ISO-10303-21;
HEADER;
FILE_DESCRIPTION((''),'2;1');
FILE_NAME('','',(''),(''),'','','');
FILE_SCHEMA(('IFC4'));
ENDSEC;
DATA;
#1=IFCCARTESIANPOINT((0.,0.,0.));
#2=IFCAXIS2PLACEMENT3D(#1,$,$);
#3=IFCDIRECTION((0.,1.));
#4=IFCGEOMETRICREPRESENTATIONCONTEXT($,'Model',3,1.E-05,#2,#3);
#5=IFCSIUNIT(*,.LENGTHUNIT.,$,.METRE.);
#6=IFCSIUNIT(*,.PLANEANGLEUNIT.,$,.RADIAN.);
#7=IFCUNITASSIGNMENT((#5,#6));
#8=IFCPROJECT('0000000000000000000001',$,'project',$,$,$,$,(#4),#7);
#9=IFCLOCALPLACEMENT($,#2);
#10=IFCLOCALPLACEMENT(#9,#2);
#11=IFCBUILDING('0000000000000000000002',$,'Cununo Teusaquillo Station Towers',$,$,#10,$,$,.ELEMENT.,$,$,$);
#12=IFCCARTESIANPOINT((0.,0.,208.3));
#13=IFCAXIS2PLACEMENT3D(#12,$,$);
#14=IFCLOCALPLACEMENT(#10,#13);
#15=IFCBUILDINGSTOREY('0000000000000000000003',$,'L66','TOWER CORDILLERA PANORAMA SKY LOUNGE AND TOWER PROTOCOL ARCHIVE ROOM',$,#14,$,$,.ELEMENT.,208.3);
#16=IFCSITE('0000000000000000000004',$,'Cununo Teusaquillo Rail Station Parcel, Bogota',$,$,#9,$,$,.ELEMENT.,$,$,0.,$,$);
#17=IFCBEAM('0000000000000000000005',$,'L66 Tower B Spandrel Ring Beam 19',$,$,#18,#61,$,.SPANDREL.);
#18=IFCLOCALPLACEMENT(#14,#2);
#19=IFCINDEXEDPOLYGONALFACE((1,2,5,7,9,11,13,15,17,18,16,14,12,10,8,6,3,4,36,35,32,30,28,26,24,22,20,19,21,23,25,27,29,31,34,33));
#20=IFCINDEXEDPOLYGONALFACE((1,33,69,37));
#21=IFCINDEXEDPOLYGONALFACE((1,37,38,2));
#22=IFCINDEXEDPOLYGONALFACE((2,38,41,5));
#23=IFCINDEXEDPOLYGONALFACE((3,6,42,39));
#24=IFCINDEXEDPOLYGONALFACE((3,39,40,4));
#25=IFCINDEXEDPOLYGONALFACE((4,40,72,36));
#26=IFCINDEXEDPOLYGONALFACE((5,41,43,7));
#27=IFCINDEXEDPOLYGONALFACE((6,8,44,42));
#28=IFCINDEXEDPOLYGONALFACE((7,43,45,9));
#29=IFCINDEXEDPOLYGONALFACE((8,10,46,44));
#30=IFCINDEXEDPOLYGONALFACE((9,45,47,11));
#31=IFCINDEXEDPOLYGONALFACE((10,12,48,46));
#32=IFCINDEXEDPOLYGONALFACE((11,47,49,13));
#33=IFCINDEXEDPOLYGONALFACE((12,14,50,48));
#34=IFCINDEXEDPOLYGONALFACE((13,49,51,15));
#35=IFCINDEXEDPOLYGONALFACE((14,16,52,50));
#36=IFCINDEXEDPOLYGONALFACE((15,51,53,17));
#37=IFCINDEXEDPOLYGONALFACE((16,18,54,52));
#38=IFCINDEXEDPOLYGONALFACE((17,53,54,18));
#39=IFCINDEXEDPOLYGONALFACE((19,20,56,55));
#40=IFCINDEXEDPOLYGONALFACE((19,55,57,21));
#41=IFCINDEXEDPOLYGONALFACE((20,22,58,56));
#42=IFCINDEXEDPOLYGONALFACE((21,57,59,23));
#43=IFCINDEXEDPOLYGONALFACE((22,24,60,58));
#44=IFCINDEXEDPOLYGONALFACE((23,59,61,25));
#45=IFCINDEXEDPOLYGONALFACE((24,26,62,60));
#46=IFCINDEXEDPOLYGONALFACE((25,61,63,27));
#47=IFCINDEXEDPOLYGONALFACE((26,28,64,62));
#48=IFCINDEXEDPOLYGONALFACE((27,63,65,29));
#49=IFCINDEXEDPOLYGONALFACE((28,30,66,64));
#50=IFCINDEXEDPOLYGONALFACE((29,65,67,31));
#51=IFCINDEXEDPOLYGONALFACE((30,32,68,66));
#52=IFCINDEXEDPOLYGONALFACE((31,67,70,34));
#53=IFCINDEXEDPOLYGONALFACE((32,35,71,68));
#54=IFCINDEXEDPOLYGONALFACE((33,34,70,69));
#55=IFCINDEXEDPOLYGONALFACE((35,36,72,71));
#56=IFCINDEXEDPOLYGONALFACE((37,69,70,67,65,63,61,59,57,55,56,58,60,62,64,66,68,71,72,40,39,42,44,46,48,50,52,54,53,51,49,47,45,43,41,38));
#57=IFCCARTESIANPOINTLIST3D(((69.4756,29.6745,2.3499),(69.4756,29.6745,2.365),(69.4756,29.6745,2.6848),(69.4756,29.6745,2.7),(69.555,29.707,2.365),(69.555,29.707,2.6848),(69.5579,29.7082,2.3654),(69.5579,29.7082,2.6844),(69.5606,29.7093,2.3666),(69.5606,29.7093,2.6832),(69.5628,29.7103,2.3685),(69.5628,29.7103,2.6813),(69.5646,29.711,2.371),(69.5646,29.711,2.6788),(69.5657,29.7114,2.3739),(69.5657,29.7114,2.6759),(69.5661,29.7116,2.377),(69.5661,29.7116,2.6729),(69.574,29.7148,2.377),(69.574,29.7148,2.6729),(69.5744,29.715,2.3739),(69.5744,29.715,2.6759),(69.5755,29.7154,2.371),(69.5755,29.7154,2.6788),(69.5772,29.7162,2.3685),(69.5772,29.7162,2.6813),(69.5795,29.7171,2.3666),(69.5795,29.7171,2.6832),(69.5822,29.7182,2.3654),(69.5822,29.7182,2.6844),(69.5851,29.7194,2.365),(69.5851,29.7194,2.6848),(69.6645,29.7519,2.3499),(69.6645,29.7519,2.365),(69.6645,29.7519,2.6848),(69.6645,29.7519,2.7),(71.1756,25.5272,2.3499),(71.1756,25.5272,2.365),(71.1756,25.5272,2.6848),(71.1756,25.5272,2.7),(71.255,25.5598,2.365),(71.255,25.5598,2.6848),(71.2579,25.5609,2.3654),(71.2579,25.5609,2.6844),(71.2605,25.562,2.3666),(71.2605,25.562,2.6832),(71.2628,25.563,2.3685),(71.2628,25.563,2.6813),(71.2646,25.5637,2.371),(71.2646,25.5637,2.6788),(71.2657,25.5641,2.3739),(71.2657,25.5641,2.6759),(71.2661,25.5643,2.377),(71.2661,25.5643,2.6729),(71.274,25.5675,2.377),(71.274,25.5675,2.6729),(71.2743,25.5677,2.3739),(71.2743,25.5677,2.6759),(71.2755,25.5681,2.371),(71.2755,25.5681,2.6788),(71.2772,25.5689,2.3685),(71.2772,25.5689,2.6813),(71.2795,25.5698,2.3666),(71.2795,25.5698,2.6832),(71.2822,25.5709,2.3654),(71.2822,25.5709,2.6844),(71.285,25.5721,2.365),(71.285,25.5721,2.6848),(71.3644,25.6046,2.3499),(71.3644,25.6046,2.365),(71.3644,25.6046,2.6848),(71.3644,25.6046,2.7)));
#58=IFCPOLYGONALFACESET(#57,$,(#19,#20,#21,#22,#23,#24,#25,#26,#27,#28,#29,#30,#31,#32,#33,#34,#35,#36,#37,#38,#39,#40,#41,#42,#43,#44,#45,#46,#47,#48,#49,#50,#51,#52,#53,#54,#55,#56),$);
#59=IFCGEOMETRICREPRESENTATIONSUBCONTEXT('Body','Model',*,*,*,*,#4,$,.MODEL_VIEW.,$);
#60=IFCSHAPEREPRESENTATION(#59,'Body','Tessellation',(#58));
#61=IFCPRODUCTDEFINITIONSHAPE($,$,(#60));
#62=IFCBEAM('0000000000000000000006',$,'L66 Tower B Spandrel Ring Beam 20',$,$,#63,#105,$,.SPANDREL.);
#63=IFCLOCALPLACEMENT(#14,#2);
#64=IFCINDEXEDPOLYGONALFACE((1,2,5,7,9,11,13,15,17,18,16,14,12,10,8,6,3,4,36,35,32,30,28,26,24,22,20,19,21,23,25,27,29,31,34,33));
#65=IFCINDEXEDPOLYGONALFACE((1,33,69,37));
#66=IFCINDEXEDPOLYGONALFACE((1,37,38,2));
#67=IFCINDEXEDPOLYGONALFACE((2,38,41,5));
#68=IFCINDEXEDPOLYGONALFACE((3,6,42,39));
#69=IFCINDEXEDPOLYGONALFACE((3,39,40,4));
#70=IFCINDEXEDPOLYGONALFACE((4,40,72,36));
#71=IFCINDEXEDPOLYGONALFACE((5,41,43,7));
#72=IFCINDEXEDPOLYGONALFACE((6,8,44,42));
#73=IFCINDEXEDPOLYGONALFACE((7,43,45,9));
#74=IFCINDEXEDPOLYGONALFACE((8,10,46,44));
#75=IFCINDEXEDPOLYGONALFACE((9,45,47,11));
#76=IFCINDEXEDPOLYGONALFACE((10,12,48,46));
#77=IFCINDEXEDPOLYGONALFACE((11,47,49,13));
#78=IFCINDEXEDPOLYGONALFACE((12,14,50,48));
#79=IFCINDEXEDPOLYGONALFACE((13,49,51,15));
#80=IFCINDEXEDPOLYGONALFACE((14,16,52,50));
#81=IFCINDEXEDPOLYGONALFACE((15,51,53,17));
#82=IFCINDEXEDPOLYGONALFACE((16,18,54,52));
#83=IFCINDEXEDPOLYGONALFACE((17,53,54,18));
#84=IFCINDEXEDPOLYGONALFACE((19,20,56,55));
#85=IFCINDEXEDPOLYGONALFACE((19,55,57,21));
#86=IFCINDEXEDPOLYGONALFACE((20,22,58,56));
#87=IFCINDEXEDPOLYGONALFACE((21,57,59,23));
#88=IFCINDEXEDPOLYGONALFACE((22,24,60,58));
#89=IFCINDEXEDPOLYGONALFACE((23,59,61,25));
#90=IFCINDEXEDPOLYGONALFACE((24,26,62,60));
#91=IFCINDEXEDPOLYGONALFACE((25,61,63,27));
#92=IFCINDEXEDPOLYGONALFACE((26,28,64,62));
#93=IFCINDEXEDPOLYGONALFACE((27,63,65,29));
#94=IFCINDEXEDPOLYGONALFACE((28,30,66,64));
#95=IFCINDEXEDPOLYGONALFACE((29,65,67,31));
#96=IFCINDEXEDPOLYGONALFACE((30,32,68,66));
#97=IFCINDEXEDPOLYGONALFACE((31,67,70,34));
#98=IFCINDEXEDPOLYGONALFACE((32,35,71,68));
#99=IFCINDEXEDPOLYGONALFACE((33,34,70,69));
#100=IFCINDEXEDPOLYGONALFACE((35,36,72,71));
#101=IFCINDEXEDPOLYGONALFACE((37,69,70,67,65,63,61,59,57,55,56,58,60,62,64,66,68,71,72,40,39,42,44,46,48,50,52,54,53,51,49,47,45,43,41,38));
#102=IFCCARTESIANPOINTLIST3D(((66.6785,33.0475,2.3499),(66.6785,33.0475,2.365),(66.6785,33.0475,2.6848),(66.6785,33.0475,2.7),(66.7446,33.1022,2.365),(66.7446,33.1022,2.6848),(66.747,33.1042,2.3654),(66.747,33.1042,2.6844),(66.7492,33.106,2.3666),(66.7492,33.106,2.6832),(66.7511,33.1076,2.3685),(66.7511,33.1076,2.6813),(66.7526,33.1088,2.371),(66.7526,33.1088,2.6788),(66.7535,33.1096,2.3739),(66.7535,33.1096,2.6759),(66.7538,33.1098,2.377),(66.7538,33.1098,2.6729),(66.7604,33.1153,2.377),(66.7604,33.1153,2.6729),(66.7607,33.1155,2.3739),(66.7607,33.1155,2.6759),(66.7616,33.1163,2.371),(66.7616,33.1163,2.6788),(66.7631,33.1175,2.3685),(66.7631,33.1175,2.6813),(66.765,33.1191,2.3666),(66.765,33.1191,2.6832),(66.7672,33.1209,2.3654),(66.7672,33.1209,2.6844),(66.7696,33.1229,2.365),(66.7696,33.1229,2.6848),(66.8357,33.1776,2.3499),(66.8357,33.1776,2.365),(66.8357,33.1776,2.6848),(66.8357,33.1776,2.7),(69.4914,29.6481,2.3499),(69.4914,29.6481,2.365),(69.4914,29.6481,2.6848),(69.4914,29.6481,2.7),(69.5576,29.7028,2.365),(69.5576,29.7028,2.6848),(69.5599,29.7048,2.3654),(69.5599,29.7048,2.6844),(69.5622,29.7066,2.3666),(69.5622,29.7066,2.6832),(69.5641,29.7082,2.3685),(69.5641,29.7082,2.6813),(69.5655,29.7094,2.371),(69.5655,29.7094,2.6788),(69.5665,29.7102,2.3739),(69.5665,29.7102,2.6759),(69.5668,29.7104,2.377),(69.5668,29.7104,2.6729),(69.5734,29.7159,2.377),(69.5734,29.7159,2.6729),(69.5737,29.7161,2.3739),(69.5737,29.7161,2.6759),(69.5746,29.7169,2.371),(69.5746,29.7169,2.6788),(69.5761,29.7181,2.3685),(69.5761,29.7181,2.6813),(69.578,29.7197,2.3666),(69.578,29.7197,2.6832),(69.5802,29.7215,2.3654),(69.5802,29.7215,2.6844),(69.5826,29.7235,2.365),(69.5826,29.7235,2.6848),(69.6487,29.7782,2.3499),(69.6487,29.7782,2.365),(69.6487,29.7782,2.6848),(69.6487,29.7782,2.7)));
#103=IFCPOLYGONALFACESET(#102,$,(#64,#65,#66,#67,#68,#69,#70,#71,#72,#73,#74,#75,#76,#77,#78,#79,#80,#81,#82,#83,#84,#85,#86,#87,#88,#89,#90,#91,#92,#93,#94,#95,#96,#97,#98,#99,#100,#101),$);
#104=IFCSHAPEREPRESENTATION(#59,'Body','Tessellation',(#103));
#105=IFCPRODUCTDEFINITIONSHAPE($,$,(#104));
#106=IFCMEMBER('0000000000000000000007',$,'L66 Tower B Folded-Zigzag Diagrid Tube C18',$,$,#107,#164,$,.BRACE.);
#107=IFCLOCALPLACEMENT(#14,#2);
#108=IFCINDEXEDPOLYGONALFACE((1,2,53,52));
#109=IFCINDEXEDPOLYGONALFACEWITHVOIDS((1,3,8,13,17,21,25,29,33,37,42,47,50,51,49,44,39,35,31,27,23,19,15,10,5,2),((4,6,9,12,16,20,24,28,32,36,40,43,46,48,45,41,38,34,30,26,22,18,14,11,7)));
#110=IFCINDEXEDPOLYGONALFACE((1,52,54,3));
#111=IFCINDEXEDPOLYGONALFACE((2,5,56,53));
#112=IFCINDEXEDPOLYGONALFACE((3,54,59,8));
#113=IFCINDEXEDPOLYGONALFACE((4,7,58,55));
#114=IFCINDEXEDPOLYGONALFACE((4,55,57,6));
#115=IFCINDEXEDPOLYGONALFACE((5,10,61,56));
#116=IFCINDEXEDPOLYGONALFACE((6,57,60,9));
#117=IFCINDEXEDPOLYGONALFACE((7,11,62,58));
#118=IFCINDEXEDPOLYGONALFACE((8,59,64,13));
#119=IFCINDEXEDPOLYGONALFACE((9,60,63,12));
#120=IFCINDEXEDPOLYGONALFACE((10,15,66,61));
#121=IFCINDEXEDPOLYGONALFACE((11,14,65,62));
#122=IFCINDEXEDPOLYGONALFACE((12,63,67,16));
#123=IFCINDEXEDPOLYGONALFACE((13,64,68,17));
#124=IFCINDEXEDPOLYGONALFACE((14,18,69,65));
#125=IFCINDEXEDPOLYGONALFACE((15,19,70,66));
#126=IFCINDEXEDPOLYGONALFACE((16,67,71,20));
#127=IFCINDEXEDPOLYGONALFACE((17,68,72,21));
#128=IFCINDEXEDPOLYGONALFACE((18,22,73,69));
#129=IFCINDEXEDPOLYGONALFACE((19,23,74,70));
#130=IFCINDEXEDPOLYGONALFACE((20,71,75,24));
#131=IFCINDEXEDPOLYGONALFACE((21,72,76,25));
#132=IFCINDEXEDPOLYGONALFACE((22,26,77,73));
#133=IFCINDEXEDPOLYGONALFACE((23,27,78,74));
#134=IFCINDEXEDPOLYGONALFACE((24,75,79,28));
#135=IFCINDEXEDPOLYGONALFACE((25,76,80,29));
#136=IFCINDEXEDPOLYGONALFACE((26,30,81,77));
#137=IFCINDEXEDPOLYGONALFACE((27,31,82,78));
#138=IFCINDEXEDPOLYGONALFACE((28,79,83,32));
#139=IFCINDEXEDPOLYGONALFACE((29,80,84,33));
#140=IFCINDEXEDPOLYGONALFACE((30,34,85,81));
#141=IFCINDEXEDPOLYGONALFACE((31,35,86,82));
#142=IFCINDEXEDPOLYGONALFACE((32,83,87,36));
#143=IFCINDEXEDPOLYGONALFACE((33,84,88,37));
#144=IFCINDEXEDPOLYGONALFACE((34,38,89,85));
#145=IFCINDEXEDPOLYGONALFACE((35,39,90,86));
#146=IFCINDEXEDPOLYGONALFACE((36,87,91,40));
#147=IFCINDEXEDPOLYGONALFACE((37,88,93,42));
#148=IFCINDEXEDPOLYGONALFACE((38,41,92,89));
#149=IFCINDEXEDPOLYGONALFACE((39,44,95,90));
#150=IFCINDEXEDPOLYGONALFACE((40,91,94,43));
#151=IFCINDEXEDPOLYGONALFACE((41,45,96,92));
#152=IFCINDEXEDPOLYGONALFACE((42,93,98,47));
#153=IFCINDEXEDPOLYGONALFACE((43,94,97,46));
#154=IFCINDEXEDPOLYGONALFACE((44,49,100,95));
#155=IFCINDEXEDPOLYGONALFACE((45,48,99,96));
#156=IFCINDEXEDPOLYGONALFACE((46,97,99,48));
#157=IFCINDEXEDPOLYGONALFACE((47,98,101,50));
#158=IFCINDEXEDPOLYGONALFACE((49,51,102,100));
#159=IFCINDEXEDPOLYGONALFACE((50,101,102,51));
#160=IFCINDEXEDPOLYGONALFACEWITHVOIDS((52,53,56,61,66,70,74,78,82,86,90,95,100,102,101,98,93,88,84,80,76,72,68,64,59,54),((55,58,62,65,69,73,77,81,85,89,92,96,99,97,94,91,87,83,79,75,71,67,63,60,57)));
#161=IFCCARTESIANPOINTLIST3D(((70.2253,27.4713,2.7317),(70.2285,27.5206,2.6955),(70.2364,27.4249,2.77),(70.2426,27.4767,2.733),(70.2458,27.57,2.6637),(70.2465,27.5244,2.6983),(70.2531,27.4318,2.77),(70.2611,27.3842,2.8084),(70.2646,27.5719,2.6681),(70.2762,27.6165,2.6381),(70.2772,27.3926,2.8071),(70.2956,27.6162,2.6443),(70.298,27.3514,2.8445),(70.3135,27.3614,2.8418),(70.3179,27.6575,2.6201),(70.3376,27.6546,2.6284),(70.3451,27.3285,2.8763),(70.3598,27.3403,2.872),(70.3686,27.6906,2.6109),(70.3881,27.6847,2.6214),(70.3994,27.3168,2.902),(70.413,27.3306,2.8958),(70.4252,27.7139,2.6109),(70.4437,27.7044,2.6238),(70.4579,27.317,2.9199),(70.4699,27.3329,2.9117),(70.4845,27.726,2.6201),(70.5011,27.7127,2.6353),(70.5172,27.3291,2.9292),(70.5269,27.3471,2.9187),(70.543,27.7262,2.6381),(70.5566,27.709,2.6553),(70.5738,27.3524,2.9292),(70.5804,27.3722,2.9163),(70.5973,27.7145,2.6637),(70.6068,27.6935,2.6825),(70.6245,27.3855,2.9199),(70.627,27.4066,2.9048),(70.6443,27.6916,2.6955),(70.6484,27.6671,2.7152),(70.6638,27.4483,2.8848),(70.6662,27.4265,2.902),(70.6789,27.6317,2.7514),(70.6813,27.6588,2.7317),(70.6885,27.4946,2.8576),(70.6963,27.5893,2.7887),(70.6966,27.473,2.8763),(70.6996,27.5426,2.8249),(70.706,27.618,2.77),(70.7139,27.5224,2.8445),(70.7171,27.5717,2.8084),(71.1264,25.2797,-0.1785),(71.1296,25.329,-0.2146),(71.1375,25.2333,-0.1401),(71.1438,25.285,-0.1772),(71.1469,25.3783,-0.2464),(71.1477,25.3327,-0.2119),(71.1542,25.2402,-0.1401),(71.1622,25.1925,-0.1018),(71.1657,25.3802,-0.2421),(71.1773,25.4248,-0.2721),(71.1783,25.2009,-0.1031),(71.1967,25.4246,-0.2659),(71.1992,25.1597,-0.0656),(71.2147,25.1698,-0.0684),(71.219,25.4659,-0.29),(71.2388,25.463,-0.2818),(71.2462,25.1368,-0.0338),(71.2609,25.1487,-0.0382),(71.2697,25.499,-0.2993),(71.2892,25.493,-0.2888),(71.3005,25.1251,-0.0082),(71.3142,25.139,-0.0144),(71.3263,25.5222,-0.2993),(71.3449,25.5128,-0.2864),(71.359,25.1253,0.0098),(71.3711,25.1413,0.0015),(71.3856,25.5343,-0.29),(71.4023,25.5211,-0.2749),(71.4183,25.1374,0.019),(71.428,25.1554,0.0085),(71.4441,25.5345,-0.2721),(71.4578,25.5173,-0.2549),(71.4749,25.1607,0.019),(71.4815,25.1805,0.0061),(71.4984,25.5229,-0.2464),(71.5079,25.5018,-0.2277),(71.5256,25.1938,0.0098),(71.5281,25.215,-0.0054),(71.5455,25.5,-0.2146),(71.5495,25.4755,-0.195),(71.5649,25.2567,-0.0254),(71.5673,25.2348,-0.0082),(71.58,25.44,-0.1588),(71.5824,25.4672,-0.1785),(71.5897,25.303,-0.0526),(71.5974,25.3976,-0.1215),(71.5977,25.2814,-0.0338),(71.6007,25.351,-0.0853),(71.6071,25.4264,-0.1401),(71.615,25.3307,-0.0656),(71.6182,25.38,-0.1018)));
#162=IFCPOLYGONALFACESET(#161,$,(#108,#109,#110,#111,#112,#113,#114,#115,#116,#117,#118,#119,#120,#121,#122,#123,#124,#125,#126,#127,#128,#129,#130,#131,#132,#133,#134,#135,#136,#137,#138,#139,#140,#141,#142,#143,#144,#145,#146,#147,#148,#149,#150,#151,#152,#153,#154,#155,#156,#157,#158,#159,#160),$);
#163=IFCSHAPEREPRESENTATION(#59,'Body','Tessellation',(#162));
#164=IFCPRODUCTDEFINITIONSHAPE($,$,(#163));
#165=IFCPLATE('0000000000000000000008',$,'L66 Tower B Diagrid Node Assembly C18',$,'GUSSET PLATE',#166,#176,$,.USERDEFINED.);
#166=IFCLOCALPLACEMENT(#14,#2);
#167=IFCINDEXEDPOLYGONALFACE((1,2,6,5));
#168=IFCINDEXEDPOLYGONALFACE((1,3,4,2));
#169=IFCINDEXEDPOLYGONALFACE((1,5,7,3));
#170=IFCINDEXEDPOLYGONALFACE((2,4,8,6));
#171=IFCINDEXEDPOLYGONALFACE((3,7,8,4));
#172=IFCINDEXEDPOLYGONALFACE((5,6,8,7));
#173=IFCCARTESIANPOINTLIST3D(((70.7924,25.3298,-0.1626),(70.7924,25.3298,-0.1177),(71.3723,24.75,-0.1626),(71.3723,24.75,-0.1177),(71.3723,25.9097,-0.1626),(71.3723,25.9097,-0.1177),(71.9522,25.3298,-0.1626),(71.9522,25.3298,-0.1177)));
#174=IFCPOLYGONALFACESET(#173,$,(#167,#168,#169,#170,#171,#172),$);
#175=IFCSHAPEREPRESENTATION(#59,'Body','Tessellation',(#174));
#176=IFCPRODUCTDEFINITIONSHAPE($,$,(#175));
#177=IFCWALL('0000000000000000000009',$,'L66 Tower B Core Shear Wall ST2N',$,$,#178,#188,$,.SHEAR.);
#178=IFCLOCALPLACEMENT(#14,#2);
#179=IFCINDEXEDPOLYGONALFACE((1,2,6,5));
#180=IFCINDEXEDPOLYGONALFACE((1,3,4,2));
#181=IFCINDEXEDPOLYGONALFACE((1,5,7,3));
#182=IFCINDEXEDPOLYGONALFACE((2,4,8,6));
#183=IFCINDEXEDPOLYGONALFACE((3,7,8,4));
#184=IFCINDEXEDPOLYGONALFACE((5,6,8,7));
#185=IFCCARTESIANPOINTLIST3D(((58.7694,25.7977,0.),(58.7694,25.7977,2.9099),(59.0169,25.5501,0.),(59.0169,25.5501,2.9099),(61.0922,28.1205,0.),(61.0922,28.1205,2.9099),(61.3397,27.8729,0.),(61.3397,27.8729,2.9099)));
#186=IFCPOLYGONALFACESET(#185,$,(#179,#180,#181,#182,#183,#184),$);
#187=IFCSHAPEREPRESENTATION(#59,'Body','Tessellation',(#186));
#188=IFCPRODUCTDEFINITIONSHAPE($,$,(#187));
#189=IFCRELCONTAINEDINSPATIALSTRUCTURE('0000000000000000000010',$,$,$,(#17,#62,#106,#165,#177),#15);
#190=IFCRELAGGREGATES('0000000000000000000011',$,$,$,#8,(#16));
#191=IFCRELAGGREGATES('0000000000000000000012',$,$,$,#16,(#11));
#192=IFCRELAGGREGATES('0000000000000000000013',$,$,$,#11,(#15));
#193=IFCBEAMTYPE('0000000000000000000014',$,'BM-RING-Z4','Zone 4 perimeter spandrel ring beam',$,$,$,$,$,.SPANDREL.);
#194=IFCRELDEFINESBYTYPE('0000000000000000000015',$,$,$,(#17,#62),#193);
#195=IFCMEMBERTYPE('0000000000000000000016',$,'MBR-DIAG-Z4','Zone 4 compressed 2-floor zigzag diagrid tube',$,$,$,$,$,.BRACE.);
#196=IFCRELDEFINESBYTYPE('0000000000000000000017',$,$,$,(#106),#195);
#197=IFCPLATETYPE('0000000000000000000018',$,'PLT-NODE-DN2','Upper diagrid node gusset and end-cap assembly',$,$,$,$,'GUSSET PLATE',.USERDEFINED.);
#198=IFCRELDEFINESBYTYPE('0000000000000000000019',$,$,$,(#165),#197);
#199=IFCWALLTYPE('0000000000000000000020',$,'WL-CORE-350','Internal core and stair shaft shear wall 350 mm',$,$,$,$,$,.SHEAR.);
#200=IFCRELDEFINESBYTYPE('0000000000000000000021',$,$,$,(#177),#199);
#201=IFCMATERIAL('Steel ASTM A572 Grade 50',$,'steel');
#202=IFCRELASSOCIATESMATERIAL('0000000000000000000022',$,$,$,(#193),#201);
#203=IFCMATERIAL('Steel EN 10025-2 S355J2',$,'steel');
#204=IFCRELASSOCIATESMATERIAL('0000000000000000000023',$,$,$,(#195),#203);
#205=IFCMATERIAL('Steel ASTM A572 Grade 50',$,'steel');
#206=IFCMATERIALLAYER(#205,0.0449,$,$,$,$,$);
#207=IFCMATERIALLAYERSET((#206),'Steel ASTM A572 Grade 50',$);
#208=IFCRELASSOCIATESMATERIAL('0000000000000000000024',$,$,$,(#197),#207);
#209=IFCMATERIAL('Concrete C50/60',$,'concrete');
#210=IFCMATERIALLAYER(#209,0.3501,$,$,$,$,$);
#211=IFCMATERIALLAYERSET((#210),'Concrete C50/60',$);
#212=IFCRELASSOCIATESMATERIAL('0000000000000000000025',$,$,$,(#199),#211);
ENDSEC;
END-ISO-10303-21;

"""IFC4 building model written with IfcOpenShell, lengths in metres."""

from ifc_helpers import new_model, si_unit, direction, frame, frame_2d, origin, origin_2d, place, context, subcontext, project, spatial, rectangle, hollow_circle, i_section, extrude, source, transform, mapped, material, layer, layer_set, material_profile, profile_set, type_object, element, save


model = new_model("IFC4")

# Units and contexts
model_context = context("Model", 3, precision=1e-05, world=origin(), true_north=direction((0.0, 1.0)))
body_context = subcontext(model_context, "Body", "Model", "MODEL_VIEW")
ifc_project = project(units=[si_unit("LENGTHUNIT", "METRE"), si_unit("PLANEANGLEUNIT", "RADIAN")], contexts=[model_context])

# Site, building, storey
site_placement = place(None, origin())
site = spatial("IfcSite", under=ifc_project, at=site_placement, Name="Cununo Teusaquillo Rail Station Parcel, Bogota", CompositionType="ELEMENT", RefElevation=0.0)
building_placement = place(site_placement, origin())
building = spatial("IfcBuilding", under=site, at=building_placement, Name="Cununo Teusaquillo Station Towers", CompositionType="ELEMENT")
storey_placement = place(building_placement, frame((0.0, 0.0, 208.3)))
storey = spatial("IfcBuildingStorey", under=building, at=storey_placement, Name="L66", Description="TOWER CORDILLERA PANORAMA SKY LOUNGE AND TOWER PROTOCOL ARCHIVE ROOM", CompositionType="ELEMENT", Elevation=208.3)

# Beams
ifc_material_1 = material(Name="Steel ASTM A572 Grade 50", Category="steel")
ifc_material_profile_1 = material_profile(ifc_material_1, i_section(OverallWidth=0.2041, OverallDepth=0.3501, WebThickness=0.0085, FlangeThickness=0.0151, FilletRadius=0.012, at=origin_2d()), Name="W14X48")
ifc_profile_set_1 = profile_set([ifc_material_profile_1], Name="Steel ASTM A572 Grade 50")
beam_type_1 = type_object("IfcBeamType", Name="BM-RING-Z4", Description="Zone 4 perimeter spandrel ring beam", PredefinedType="SPANDREL", material=ifc_profile_set_1)
beam_1_placement = place(storey_placement, frame((71.27, 25.5659, 2.5249), z_axis=(-0.379275, 0.925284, 0.0), x_axis=(-0.925284, -0.379275, 0.0)))
element("IfcBeam", 1, at=beam_1_placement, inside=storey, type_object=beam_type_1, Name="L66 Tower B Spandrel Ring Beam 19", PredefinedType="SPANDREL", context=body_context, shape_type="SweptSolid", body=[
    extrude(i_section(OverallWidth=0.2041, OverallDepth=0.3501, WebThickness=0.0085, FlangeThickness=0.0151, FilletRadius=0.012, at=origin_2d()), origin(), (0.0, 0.0, 1.0), 4.4822),
])
beam_2_placement = place(storey_placement, frame((69.5701, 29.7131, 2.5249), z_axis=(-0.637525, 0.77043, 0.0), x_axis=(-0.77043, -0.637525, 0.0)))
element("IfcBeam", 2, at=beam_2_placement, inside=storey, type_object=beam_type_1, Name="L66 Tower B Spandrel Ring Beam 20", PredefinedType="SPANDREL", context=body_context, shape_type="SweptSolid", body=[
    extrude(i_section(OverallWidth=0.2041, OverallDepth=0.3501, WebThickness=0.0085, FlangeThickness=0.0151, FilletRadius=0.012, at=origin_2d()), origin(), (0.0, 0.0, 1.0), 4.4124),
])

# Member
ifc_material_2 = material(Name="Steel EN 10025-2 S355J2", Category="steel")
ifc_material_profile_2 = material_profile(ifc_material_2, hollow_circle(Radius=0.2539, WallThickness=0.0181, at=origin_2d()), Name="CHS 508x18")
ifc_profile_set_2 = profile_set([ifc_material_profile_2], Name="Steel EN 10025-2 S355J2")
member_type = type_object("IfcMemberType", Name="MBR-DIAG-Z4", Description="Zone 4 compressed 2-floor zigzag diagrid tube", PredefinedType="BRACE", material=ifc_profile_set_2)
member_placement = place(storey_placement, frame((71.3723, 25.3298, -0.1401), z_axis=(-0.240113, 0.583986, 0.775439), x_axis=(-0.924874, -0.380273, 0.0)))
element("IfcMember", 3, at=member_placement, inside=storey, type_object=member_type, Name="L66 Tower B Folded-Zigzag Diagrid Tube C18", PredefinedType="BRACE", context=body_context, shape_type="SweptSolid", body=[
    extrude(hollow_circle(Radius=0.2539, WallThickness=0.0181, at=origin_2d()), origin(), (0.0, 0.0, 1.0), 3.7529),
])

# Plate
ifc_material_3 = material(Name="Steel ASTM A572 Grade 50", Category="steel")
ifc_layer_1 = layer(ifc_material_3, 0.0449)
ifc_layer_set_1 = layer_set([ifc_layer_1], Name="Steel ASTM A572 Grade 50")
plate_type = type_object("IfcPlateType", Name="PLT-NODE-DN2", Description="Upper diagrid node gusset and end-cap assembly", ElementType="GUSSET PLATE", PredefinedType="USERDEFINED", material=ifc_layer_set_1)
shared_shape_1 = source(origin(), body_context, "Body", "SweptSolid", [
    extrude(rectangle(XDim=0.8201, YDim=0.8201, at=origin_2d()), origin(), (0.0, 0.0, 1.0), 0.0449),
])
plate_placement = place(storey_placement, frame((71.3723, 25.3298, -0.1626), z_axis=(0.0, 0.0, 1.0), x_axis=(0.707107, 0.707107, 0.0)))
element("IfcPlate", 4, at=plate_placement, inside=storey, type_object=plate_type, Name="L66 Tower B Diagrid Node Assembly C18", ObjectType="GUSSET PLATE", PredefinedType="USERDEFINED", context=body_context, shape_type="MappedRepresentation", body=[
    mapped(shared_shape_1, transform((0.0, 0.0, 0.0), x_axis=(1.0, 0.0, 0.0), y_axis=(0.0, 1.0, 0.0), z_axis=(0.0, 0.0, 1.0), scale=1.0)),
])

# Wall
ifc_material_4 = material(Name="Concrete C50/60", Category="concrete")
ifc_layer_2 = layer(ifc_material_4, 0.3501)
ifc_layer_set_2 = layer_set([ifc_layer_2], Name="Concrete C50/60")
wall_type_1 = type_object("IfcWallType", Name="WL-CORE-350", Description="Internal core and stair shaft shear wall 350 mm", PredefinedType="SHEAR", material=ifc_layer_set_2)
wall_1_placement = place(storey_placement, frame((58.8931, 25.6738, 0.0), z_axis=(0.0, 0.0, 1.0), x_axis=(0.707107, 0.707107, 0.0)))
element("IfcWall", 5, at=wall_1_placement, inside=storey, type_object=wall_type_1, Name="L66 Tower B Core Shear Wall ST2N", PredefinedType="SHEAR", context=body_context, shape_type="SweptSolid", body=[
    extrude(rectangle(XDim=3.2849, YDim=0.3501, at=frame_2d((1.6426, 0.0))), origin(), (0.0, 0.0, 1.0), 2.9099),
])

save(model, "model.ifc")
